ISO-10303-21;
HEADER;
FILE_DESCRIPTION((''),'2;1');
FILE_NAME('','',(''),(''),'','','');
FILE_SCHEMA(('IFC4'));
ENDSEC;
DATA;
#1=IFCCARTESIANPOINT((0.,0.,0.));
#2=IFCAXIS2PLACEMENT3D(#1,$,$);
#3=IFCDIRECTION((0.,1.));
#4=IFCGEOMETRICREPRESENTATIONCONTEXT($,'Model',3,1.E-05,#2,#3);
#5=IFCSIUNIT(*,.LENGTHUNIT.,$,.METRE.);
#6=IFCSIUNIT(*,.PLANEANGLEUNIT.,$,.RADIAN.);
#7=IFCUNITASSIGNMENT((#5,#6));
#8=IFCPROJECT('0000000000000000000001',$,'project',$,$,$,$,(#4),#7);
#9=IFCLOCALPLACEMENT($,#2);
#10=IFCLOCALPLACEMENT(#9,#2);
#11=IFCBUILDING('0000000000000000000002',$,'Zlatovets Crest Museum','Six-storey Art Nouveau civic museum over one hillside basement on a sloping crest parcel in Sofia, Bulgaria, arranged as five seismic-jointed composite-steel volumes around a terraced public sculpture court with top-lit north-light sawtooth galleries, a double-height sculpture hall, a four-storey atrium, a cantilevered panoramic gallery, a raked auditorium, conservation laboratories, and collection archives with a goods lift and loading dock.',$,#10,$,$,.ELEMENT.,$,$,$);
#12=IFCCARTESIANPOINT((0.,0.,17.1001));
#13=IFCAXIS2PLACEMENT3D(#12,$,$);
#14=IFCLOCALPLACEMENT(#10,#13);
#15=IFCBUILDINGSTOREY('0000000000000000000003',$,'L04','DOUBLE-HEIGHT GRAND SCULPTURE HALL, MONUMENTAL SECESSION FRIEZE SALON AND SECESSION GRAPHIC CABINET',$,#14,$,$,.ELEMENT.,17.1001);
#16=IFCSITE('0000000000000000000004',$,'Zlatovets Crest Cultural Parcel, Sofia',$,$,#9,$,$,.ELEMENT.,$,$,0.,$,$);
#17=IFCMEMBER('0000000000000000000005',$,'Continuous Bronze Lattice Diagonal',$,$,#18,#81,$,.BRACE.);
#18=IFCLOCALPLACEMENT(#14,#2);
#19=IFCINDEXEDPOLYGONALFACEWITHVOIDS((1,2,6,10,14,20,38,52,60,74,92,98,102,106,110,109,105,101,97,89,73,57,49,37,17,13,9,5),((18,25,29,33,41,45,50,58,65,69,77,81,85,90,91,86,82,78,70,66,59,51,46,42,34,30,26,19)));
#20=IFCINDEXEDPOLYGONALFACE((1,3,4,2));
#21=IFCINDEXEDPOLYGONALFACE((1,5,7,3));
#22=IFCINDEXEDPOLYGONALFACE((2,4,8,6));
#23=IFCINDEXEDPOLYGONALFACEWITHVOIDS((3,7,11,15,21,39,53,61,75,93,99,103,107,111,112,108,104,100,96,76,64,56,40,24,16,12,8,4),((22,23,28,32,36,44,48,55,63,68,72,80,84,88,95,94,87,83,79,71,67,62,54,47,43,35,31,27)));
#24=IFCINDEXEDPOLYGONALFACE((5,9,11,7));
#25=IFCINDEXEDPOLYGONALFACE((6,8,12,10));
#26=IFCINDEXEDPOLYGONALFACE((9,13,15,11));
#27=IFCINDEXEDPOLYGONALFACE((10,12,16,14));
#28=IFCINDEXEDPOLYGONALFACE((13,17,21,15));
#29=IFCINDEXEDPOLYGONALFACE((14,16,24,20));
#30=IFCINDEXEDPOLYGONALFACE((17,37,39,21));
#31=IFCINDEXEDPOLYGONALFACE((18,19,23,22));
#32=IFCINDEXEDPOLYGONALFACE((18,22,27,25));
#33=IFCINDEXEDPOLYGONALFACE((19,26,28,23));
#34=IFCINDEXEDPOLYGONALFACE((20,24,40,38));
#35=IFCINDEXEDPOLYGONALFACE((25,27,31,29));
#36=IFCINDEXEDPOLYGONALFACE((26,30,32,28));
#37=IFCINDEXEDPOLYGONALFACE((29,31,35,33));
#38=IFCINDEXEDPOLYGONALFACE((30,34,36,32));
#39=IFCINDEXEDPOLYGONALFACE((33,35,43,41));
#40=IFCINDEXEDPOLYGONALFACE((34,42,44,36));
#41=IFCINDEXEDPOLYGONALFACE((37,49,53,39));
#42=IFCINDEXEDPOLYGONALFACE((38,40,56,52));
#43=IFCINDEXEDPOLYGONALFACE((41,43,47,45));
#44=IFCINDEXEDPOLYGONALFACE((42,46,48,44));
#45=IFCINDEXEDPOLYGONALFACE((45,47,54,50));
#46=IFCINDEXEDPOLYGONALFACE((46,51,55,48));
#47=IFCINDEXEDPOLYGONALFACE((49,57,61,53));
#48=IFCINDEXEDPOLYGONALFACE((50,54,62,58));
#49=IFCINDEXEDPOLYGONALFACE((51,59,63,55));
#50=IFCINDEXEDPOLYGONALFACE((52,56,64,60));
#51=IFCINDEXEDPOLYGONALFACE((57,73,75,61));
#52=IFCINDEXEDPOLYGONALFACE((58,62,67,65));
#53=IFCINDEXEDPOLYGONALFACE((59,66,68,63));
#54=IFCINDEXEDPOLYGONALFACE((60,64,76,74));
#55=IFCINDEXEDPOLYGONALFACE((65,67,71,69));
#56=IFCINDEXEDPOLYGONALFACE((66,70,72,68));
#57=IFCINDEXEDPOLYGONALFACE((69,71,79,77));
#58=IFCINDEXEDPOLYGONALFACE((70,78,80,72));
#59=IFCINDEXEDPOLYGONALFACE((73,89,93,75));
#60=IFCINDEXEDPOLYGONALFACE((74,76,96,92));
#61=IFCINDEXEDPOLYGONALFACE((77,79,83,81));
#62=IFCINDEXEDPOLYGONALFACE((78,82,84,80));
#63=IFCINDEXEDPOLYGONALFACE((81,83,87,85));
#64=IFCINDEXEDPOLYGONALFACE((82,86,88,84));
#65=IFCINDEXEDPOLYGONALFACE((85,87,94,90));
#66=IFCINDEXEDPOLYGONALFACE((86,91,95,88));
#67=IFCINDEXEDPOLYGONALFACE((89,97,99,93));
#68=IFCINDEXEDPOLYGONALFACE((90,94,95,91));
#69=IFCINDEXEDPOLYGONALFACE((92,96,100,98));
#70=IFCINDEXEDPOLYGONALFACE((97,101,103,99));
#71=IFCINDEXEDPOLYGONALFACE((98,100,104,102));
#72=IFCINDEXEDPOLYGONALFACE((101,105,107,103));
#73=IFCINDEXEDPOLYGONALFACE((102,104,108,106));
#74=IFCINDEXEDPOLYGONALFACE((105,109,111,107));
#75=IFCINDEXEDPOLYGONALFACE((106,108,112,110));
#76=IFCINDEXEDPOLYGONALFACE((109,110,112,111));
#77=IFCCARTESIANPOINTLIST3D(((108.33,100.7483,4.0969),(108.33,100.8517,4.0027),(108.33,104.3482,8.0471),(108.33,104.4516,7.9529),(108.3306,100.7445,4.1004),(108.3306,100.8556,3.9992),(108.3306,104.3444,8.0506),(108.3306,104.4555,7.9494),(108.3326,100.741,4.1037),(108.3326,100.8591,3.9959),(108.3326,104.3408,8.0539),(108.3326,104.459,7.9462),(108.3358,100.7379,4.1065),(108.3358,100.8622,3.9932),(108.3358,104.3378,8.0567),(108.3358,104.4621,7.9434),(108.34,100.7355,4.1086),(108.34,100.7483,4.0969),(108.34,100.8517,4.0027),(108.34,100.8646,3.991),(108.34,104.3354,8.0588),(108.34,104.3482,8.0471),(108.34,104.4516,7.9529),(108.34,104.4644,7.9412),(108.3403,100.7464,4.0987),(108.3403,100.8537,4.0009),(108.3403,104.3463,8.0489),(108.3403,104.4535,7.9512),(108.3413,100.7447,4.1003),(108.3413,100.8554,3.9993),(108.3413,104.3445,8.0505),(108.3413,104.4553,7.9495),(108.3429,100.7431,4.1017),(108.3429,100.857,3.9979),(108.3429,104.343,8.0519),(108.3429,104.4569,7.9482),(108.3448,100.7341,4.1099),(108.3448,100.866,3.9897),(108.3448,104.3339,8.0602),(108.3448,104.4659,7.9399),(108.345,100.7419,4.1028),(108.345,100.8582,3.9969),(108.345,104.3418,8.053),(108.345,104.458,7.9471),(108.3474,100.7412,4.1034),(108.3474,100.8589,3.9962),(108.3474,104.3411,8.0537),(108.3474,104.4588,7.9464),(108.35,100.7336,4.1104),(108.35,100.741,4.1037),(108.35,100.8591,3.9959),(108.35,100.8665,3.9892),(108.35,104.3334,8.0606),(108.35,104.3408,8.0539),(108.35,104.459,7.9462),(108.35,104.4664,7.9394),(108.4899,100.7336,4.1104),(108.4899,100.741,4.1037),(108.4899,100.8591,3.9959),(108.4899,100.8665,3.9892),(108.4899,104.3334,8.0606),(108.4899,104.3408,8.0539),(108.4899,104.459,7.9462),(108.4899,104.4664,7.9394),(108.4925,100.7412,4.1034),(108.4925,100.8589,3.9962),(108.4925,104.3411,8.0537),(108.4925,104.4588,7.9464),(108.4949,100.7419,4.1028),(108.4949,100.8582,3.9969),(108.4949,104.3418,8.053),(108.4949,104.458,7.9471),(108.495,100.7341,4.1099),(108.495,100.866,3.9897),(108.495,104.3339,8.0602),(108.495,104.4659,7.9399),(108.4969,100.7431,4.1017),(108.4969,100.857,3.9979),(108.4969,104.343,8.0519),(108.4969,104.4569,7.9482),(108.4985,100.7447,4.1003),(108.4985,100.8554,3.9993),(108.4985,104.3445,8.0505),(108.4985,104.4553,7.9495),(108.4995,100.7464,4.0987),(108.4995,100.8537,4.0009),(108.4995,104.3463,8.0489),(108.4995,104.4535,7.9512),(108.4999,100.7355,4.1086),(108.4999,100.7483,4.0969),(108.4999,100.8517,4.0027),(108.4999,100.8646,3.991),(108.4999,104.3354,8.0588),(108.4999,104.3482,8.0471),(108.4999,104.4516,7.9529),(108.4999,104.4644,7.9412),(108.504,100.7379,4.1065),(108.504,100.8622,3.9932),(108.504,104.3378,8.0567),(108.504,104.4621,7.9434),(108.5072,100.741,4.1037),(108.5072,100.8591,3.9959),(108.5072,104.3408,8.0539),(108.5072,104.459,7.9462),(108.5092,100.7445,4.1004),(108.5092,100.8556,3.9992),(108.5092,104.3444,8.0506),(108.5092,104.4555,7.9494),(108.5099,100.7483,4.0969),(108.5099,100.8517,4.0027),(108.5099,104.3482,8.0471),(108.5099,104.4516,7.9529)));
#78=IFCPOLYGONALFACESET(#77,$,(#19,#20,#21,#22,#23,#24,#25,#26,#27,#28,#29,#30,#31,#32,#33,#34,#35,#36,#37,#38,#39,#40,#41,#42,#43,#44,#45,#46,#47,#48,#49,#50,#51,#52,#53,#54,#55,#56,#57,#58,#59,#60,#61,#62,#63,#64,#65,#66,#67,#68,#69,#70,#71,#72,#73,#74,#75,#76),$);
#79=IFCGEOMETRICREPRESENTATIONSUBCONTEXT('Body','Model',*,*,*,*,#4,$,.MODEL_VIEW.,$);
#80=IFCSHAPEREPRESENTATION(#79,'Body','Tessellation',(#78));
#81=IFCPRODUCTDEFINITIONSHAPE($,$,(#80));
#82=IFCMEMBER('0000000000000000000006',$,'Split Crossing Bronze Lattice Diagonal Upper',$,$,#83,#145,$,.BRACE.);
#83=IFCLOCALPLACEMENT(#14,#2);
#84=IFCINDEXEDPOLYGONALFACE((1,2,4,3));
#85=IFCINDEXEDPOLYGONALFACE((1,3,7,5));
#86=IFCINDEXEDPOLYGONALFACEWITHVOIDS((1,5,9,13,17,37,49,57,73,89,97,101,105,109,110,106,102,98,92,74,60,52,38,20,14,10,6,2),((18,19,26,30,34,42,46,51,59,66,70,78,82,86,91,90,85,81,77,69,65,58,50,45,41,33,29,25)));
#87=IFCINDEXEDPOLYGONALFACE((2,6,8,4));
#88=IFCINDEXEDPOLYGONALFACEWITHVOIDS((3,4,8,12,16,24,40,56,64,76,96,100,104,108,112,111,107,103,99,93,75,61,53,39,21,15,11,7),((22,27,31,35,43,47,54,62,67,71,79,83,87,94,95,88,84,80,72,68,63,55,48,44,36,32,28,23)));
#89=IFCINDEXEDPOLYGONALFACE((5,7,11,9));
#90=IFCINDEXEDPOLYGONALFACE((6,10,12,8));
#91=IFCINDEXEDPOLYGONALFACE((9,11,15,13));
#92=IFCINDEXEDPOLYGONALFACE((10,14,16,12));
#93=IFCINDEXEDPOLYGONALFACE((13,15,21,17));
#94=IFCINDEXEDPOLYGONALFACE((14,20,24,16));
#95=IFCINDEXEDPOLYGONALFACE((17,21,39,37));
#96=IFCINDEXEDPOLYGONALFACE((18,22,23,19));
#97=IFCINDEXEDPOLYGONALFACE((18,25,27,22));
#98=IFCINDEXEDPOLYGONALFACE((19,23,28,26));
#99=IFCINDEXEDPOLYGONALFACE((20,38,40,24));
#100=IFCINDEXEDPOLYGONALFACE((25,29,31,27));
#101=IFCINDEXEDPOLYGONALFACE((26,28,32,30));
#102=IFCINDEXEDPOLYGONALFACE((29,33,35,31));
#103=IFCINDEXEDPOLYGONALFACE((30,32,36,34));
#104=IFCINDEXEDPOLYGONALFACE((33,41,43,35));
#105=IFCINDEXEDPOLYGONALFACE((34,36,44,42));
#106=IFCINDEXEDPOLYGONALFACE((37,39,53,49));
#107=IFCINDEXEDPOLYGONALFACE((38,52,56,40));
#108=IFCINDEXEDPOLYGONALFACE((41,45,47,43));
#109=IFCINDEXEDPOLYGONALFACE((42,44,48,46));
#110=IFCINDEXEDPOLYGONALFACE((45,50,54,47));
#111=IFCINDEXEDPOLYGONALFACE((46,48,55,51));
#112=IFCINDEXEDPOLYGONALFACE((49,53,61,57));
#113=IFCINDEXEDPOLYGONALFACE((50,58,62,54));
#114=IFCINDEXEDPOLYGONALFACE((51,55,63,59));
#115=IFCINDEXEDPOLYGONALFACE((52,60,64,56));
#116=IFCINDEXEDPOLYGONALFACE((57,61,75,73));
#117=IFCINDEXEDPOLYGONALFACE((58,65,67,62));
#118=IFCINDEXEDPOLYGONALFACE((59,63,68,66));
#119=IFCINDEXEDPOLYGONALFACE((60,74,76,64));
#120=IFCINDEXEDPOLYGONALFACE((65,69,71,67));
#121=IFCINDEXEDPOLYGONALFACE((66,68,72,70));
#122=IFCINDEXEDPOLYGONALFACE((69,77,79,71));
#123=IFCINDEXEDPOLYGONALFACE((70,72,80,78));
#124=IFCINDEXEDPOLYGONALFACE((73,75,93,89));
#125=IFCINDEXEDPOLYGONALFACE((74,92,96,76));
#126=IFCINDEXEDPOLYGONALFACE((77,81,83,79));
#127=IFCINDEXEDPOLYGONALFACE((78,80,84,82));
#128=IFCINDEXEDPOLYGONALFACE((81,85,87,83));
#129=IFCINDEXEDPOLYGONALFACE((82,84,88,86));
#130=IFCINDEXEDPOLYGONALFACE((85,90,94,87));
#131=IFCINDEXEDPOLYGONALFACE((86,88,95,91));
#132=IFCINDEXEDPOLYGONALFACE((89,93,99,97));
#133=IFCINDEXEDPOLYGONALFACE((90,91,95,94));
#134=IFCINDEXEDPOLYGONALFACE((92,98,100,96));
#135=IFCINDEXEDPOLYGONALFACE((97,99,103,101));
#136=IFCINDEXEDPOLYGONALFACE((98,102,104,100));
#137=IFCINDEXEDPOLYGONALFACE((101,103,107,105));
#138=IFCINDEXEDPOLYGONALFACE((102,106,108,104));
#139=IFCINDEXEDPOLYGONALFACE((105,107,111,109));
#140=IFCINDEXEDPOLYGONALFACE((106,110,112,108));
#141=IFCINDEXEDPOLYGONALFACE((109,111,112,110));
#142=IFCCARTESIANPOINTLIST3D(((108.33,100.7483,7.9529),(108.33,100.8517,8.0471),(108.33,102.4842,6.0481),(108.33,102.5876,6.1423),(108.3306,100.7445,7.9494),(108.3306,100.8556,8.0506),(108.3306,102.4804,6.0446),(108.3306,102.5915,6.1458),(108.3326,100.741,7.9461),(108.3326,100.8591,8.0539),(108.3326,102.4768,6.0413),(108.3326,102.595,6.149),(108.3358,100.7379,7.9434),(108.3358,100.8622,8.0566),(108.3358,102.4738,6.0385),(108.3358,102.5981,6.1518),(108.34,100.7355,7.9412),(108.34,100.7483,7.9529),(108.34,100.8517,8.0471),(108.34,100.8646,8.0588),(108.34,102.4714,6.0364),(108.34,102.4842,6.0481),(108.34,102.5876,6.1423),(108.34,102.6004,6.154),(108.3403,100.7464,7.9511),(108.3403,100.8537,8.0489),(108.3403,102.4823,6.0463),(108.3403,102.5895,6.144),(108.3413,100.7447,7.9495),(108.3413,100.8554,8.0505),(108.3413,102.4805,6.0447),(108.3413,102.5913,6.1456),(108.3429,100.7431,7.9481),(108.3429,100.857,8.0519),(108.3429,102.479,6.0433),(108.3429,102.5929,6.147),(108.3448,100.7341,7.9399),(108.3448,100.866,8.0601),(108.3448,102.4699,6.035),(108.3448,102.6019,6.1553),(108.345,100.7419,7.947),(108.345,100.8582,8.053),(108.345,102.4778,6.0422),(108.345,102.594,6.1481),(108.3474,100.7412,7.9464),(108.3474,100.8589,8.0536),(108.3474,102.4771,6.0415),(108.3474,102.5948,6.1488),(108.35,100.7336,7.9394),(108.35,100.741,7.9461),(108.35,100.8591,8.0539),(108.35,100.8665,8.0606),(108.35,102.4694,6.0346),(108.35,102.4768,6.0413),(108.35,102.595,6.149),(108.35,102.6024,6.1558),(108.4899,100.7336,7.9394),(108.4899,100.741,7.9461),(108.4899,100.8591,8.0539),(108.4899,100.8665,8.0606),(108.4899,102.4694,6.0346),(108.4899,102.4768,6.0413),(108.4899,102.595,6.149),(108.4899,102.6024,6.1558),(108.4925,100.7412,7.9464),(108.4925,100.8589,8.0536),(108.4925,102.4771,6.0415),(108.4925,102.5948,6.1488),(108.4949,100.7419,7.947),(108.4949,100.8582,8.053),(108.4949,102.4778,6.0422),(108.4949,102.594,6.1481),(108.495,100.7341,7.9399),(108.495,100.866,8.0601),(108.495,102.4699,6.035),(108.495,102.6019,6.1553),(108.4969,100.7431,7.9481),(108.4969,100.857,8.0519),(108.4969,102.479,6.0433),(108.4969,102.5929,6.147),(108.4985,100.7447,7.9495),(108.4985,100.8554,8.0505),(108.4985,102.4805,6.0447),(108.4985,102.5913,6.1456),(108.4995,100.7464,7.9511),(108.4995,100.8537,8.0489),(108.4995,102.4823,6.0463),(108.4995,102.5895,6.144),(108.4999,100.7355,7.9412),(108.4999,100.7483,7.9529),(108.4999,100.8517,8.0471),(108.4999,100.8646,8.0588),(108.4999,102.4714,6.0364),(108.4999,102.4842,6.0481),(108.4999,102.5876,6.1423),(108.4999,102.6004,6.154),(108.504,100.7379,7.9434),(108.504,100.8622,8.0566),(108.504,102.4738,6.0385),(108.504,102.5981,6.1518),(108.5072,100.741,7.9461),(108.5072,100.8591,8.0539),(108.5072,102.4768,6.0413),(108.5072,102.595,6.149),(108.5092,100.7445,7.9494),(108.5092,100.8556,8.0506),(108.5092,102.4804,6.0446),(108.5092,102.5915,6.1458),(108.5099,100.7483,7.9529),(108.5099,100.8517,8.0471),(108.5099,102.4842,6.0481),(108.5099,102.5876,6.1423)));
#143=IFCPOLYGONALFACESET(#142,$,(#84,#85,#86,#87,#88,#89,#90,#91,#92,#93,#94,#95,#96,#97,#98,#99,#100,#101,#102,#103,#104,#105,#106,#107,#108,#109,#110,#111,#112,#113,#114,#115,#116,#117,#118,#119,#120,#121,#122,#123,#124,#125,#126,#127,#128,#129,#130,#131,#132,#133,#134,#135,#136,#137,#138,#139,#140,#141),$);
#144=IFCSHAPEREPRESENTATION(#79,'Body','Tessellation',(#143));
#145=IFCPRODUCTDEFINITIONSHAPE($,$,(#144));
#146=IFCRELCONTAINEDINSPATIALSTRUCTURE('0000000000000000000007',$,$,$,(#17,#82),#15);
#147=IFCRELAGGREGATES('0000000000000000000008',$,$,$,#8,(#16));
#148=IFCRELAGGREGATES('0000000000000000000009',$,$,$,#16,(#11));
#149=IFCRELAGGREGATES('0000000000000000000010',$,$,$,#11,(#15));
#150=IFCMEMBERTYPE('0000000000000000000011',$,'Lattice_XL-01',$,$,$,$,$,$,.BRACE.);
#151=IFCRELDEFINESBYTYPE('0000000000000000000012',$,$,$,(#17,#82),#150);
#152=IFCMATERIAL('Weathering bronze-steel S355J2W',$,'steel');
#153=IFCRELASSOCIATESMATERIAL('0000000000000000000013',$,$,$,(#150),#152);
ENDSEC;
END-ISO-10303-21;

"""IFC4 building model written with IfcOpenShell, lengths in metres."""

from ifc_helpers import new_model, si_unit, direction, frame, origin, origin_2d, place, context, subcontext, project, spatial, hollow_rectangle, extrude, material, material_profile, profile_set, type_object, element, save


model = new_model("IFC4")

# Units and contexts
model_context = context("Model", 3, precision=1e-05, world=origin(), true_north=direction((0.0, 1.0)))
body_context = subcontext(model_context, "Body", "Model", "MODEL_VIEW")
ifc_project = project(units=[si_unit("LENGTHUNIT", "METRE"), si_unit("PLANEANGLEUNIT", "RADIAN")], contexts=[model_context])

# Site, building, storey
site_placement = place(None, origin())
site = spatial("IfcSite", under=ifc_project, at=site_placement, Name="Zlatovets Crest Cultural Parcel, Sofia", CompositionType="ELEMENT", RefElevation=0.0)
building_placement = place(site_placement, origin())
building = spatial("IfcBuilding", under=site, at=building_placement, Name="Zlatovets Crest Museum", Description="Six-storey Art Nouveau civic museum over one hillside basement on a sloping crest parcel in Sofia, Bulgaria, arranged as five seismic-jointed composite-steel volumes around a terraced public sculpture court with top-lit north-light sawtooth galleries, a double-height sculpture hall, a four-storey atrium, a cantilevered panoramic gallery, a raked auditorium, conservation laboratories, and collection archives with a goods lift and loading dock.", CompositionType="ELEMENT")
storey_placement = place(building_placement, frame((0.0, 0.0, 17.1001)))
storey = spatial("IfcBuildingStorey", under=building, at=storey_placement, Name="L04", Description="DOUBLE-HEIGHT GRAND SCULPTURE HALL, MONUMENTAL SECESSION FRIEZE SALON AND SECESSION GRAPHIC CABINET", CompositionType="ELEMENT", Elevation=17.1001)

# Members
ifc_material_1 = material(Name="Weathering bronze-steel S355J2W", Category="steel")
ifc_material_profile_1 = material_profile(ifc_material_1, hollow_rectangle(XDim=0.1799, YDim=0.1799, WallThickness=0.01, InnerFilletRadius=0.01, OuterFilletRadius=0.02, at=origin_2d()), Name="SHS 180x180x10.0")
ifc_profile_set_1 = profile_set([ifc_material_profile_1], Name="Weathering bronze-steel S355J2W")
member_type_1 = type_object("IfcMemberType", Name="Lattice_XL-01", PredefinedType="BRACE", material=ifc_profile_set_1)
member_1_placement = place(storey_placement, frame((108.4199, 100.8, 4.0498), z_axis=(0.0, 0.67357, 0.739123), x_axis=(-1.0, 0.0, 0.0)))
element("IfcMember", 1, at=member_1_placement, inside=storey, type_object=member_type_1, Name="Continuous Bronze Lattice Diagonal", PredefinedType="BRACE", context=body_context, shape_type="SweptSolid", body=[
    extrude(hollow_rectangle(XDim=0.1799, YDim=0.1799, WallThickness=0.01, InnerFilletRadius=0.01, OuterFilletRadius=0.02, at=origin_2d()), origin(), (0.0, 0.0, 1.0), 5.3445),
])
for number, where, z_axis, x_axis, name in (
    (2, (108.4199, 100.8, 8.0), (0.0, 0.673568, -0.739125), (-1.0, 0.0, 0.0), "Split Crossing Bronze Lattice Diagonal Upper"),
):
    element("IfcMember", number, at=place(storey_placement, frame(where, z_axis=z_axis, x_axis=x_axis)), inside=storey, type_object=member_type_1, Name=name, PredefinedType="BRACE", context=body_context, shape_type="SweptSolid", body=[
        extrude(hollow_rectangle(XDim=0.1799, YDim=0.1799, WallThickness=0.01, InnerFilletRadius=0.01, OuterFilletRadius=0.02, at=origin_2d()), origin(), (0.0, 0.0, 1.0), 2.5771),
    ])

save(model, "model.ifc")
